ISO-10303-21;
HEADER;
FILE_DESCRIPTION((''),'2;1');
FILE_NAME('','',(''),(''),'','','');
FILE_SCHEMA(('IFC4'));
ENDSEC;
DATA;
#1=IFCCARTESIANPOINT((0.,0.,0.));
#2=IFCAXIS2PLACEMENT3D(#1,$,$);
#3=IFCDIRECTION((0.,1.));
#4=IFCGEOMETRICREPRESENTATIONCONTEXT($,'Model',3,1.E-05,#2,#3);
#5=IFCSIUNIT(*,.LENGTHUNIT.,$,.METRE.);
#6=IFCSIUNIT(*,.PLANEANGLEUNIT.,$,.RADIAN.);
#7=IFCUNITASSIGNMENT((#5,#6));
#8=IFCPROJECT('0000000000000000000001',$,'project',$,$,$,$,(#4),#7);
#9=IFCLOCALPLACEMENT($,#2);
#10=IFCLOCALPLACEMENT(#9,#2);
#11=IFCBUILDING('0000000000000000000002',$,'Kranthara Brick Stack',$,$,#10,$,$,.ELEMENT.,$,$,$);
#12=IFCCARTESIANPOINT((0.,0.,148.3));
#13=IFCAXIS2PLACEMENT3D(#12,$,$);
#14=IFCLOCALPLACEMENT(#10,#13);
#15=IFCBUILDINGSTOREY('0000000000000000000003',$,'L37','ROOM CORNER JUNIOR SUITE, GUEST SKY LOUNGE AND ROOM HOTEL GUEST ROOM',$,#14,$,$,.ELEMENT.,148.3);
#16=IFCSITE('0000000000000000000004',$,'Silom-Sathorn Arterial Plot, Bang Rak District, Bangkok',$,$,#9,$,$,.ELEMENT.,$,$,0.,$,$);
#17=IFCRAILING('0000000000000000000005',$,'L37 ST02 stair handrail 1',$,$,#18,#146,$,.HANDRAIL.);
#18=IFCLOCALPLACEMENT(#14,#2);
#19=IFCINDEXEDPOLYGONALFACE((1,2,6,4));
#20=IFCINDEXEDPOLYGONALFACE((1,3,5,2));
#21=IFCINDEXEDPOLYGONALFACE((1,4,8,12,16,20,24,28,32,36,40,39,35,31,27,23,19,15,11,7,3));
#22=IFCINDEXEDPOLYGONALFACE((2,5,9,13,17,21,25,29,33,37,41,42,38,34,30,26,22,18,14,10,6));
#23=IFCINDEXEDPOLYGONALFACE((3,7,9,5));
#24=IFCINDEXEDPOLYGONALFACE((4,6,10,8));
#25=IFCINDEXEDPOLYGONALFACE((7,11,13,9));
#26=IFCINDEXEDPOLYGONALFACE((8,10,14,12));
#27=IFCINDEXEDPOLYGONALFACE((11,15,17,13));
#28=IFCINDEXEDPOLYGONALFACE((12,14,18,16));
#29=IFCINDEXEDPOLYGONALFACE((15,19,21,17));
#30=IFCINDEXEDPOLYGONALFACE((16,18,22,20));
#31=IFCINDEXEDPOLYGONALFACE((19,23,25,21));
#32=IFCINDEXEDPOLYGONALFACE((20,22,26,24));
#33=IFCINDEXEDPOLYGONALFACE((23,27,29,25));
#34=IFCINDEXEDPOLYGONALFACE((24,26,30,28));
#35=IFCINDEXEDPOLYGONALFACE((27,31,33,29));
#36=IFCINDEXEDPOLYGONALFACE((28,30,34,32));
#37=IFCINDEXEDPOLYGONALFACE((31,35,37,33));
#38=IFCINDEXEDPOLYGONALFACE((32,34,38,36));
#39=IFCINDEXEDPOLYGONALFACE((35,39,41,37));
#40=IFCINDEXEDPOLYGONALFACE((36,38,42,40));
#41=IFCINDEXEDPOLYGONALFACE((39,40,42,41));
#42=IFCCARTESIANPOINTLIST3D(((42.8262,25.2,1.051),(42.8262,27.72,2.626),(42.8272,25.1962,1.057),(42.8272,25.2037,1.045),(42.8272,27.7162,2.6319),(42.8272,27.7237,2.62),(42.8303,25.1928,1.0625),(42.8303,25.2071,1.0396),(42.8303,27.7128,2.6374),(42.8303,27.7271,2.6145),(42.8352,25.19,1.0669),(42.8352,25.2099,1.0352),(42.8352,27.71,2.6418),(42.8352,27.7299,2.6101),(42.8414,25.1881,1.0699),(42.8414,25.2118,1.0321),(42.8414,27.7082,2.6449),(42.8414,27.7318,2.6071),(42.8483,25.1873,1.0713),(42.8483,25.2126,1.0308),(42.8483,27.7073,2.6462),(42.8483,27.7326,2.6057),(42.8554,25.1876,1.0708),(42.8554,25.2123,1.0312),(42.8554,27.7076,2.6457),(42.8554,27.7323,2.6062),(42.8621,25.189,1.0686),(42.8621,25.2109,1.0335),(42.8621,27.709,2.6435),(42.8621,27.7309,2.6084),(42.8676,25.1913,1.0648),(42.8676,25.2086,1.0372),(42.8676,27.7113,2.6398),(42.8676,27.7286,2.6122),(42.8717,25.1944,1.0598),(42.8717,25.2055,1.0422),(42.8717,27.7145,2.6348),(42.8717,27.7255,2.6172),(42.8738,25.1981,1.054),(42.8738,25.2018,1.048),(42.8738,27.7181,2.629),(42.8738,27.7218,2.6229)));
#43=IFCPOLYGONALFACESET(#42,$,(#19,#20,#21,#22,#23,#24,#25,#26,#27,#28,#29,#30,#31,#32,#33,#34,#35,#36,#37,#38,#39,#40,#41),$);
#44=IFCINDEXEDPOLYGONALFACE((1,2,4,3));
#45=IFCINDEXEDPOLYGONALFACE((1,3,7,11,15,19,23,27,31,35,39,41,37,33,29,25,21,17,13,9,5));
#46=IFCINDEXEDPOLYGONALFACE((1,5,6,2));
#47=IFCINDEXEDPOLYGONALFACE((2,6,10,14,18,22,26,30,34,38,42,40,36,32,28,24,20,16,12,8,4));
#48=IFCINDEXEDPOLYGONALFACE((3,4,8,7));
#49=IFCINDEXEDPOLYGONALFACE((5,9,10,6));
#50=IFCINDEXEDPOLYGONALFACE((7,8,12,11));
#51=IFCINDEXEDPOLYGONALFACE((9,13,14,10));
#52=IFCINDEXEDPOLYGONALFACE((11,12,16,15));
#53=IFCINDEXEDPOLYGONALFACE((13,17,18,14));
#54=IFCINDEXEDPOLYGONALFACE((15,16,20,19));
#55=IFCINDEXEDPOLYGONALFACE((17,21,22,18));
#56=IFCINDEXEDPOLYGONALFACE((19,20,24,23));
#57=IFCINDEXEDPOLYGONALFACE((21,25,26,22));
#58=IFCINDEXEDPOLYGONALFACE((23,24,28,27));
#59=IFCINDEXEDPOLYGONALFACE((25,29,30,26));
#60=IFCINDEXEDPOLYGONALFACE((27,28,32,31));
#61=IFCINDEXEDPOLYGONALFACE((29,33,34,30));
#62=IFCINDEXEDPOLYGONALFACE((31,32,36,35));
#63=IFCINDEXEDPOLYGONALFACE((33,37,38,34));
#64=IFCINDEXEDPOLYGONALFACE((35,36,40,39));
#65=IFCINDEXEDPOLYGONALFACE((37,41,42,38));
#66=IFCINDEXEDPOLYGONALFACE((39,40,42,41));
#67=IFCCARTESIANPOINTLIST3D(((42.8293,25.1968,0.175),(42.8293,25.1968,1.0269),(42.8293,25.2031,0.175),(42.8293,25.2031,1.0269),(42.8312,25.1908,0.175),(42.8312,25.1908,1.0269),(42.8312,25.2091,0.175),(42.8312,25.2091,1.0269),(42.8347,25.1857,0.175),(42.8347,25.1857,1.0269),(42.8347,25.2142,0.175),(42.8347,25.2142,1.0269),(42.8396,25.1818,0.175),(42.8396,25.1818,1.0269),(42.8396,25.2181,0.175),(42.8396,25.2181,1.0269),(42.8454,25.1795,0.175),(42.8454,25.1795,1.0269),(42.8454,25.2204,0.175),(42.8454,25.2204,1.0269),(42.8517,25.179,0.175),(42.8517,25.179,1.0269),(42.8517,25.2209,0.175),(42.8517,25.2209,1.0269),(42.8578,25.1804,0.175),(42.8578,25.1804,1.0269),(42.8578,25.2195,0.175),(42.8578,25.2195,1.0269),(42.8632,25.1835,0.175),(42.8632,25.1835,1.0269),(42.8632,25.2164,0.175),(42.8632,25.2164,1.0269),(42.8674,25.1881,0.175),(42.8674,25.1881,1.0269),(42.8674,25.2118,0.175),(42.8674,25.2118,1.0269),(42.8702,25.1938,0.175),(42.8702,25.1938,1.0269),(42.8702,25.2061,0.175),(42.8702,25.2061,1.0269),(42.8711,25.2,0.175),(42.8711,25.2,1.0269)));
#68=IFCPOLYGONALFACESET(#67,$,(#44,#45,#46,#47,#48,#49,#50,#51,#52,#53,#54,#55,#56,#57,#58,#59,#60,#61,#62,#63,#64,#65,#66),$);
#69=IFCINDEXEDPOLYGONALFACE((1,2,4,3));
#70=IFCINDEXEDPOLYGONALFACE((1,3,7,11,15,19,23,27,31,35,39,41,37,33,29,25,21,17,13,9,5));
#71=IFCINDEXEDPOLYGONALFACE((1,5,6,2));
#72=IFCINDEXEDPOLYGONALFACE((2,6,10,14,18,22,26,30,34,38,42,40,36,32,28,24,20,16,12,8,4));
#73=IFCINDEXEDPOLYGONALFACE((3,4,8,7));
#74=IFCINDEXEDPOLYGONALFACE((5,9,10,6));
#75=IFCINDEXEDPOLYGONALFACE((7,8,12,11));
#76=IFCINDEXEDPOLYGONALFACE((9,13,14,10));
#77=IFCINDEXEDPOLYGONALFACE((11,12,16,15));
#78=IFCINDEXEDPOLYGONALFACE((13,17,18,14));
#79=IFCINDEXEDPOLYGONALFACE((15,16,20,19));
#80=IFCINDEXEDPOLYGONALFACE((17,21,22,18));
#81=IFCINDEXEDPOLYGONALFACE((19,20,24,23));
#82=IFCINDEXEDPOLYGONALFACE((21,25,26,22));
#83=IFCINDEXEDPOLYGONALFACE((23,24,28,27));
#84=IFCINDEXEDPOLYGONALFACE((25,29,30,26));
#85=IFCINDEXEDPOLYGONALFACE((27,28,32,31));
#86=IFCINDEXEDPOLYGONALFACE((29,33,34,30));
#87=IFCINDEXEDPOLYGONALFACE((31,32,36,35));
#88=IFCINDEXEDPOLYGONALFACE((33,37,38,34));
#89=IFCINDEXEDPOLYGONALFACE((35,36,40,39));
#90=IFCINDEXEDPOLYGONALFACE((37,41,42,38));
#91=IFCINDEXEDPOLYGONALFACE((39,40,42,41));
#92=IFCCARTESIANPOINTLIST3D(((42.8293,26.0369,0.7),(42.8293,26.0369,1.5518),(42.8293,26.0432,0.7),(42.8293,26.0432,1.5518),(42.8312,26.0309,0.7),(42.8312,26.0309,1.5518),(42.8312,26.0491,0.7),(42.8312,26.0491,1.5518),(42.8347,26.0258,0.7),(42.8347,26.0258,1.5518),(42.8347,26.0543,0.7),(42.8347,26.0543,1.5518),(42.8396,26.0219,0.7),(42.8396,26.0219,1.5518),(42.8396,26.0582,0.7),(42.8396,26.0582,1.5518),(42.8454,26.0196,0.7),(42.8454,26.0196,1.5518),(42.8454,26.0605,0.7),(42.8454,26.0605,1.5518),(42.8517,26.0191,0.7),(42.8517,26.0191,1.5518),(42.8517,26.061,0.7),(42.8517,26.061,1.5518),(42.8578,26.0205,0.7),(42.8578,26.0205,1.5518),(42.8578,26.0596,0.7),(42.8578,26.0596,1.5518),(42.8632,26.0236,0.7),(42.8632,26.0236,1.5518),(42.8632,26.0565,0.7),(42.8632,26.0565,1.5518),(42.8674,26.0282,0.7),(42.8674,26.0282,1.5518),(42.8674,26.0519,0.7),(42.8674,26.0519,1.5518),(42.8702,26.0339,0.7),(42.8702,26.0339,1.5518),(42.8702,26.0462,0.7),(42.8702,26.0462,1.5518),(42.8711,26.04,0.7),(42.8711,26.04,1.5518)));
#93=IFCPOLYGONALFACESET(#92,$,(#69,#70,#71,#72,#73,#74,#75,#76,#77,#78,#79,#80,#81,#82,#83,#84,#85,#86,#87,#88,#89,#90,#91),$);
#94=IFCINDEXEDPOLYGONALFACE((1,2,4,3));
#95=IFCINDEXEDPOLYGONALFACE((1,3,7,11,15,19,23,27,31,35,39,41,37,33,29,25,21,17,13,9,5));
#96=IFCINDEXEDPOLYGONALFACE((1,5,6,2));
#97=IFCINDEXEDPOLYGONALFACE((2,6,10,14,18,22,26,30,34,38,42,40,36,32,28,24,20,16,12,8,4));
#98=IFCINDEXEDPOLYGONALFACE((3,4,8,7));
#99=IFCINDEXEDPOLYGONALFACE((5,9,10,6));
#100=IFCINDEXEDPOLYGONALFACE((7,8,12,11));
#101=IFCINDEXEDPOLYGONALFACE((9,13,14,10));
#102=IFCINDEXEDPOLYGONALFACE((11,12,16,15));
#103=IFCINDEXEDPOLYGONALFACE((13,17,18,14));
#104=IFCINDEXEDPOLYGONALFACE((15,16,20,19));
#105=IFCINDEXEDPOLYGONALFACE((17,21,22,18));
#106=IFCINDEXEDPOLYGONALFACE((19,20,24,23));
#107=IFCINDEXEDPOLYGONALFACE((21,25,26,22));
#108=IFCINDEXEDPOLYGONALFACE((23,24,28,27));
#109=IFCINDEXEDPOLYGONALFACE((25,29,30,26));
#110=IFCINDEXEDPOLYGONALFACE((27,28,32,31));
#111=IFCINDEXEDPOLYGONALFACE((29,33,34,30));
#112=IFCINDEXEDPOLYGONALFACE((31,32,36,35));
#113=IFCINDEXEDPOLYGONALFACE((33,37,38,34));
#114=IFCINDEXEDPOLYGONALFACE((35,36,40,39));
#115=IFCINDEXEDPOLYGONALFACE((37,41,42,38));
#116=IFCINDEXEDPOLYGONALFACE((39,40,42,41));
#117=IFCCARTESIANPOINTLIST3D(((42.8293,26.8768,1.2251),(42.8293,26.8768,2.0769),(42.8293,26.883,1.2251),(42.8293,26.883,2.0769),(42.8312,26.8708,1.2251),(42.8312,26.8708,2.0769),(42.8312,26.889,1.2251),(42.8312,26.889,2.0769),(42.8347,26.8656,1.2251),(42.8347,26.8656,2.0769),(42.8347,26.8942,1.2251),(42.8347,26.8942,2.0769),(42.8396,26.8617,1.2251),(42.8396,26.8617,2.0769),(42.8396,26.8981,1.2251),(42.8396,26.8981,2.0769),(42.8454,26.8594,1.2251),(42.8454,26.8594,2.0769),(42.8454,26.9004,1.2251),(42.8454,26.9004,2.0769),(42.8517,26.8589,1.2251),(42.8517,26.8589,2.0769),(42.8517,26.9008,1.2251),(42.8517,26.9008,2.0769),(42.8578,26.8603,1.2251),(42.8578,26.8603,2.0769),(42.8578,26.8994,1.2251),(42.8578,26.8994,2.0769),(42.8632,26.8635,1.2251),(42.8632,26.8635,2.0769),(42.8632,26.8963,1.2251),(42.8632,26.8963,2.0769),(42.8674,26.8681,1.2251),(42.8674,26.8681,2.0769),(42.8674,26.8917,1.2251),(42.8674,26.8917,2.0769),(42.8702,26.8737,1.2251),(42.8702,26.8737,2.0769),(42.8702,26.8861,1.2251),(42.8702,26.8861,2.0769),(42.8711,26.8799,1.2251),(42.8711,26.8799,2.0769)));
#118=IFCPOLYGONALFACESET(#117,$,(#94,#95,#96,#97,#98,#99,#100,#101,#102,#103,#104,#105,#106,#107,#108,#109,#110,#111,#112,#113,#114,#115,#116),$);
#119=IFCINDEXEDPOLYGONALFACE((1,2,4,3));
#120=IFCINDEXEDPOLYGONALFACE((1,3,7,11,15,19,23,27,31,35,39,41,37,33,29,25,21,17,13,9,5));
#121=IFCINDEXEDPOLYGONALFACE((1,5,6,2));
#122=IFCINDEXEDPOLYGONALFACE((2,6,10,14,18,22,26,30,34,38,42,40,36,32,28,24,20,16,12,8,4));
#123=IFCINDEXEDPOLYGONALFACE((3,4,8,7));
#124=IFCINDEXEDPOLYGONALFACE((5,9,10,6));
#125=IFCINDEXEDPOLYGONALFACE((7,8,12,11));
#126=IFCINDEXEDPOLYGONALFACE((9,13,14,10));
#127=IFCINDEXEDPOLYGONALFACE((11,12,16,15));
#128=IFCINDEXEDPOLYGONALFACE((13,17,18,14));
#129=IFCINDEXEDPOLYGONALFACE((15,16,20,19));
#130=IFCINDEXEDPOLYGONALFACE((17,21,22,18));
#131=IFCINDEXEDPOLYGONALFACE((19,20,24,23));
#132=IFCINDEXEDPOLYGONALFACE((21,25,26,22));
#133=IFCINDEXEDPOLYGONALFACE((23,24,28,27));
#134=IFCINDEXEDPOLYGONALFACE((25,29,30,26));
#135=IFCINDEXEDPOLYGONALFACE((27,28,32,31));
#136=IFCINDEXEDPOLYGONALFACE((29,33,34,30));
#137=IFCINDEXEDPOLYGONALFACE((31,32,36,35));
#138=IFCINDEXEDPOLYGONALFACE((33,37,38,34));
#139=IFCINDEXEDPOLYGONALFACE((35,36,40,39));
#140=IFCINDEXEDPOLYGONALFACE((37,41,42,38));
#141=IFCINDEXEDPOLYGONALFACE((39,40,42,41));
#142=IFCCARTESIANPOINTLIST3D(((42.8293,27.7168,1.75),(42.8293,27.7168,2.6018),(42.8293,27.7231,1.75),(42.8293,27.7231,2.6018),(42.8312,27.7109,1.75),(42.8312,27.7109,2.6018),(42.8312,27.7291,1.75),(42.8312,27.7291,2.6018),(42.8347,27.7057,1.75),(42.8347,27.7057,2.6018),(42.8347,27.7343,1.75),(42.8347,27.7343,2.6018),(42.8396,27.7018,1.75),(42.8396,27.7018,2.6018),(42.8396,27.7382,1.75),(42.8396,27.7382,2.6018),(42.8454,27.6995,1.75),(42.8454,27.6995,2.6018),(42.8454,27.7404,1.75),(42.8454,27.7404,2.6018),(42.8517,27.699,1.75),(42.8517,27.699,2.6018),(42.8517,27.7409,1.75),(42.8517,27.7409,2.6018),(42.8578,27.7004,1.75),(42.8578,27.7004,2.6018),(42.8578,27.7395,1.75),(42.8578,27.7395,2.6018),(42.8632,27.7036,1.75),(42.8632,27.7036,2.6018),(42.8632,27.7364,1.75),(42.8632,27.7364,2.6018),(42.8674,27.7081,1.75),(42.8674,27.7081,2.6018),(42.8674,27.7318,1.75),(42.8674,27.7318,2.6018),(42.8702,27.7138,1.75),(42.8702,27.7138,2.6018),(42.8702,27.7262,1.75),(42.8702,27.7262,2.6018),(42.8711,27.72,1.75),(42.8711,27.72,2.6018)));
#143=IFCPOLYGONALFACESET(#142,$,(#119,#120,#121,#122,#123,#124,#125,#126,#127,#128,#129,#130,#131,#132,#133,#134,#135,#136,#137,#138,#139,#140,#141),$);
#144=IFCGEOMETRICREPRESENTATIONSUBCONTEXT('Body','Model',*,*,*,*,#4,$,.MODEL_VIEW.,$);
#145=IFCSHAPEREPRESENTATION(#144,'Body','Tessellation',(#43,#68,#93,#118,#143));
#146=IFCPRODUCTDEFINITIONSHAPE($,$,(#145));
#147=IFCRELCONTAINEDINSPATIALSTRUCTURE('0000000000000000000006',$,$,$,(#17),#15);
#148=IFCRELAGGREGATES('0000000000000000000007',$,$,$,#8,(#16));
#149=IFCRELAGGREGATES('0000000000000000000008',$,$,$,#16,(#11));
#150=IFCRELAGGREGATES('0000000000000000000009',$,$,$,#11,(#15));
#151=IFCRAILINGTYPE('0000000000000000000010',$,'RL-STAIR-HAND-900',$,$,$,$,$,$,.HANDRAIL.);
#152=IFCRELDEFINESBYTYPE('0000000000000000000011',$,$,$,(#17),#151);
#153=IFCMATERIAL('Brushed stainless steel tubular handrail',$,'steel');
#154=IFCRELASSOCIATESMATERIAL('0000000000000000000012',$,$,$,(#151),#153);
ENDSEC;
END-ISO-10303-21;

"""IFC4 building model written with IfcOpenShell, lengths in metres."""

from ifc_helpers import new_model, si_unit, direction, frame, origin, origin_2d, place, context, subcontext, project, spatial, circle, extrude, material, type_object, element, save


model = new_model("IFC4")

# Units and contexts
model_context = context("Model", 3, precision=1e-05, world=origin(), true_north=direction((0.0, 1.0)))
body_context = subcontext(model_context, "Body", "Model", "MODEL_VIEW")
ifc_project = project(units=[si_unit("LENGTHUNIT", "METRE"), si_unit("PLANEANGLEUNIT", "RADIAN")], contexts=[model_context])

# Site, building, storey
site_placement = place(None, origin())
site = spatial("IfcSite", under=ifc_project, at=site_placement, Name="Silom-Sathorn Arterial Plot, Bang Rak District, Bangkok", CompositionType="ELEMENT", RefElevation=0.0)
building_placement = place(site_placement, origin())
building = spatial("IfcBuilding", under=site, at=building_placement, Name="Kranthara Brick Stack", CompositionType="ELEMENT")
storey_placement = place(building_placement, frame((0.0, 0.0, 148.3)))
storey = spatial("IfcBuildingStorey", under=building, at=storey_placement, Name="L37", Description="ROOM CORNER JUNIOR SUITE, GUEST SKY LOUNGE AND ROOM HOTEL GUEST ROOM", CompositionType="ELEMENT", Elevation=148.3)

# Railing
ifc_material_1 = material(Name="Brushed stainless steel tubular handrail", Category="steel")
railing_type_1 = type_object("IfcRailingType", Name="RL-STAIR-HAND-900", PredefinedType="HANDRAIL", material=ifc_material_1)
railing_1_placement = place(storey_placement, frame((42.8501, 25.2, 0.175)))
element("IfcRailing", 1, at=railing_1_placement, inside=storey, type_object=railing_type_1, Name="L37 ST02 stair handrail 1", PredefinedType="HANDRAIL", context=body_context, shape_type="SweptSolid", body=[
    extrude(circle(Radius=0.0239, at=origin_2d()), frame((0.0, 0.0, 0.876), z_axis=(0.0, 0.848008, 0.529984), x_axis=(-1.0, 0.0, 0.0)), (0.0, 0.0, 1.0), 2.9717),
    extrude(circle(Radius=0.021, at=origin_2d()), origin(), (0.0, 0.0, 1.0), 0.8518),
    extrude(circle(Radius=0.021, at=origin_2d()), frame((0.0, 0.8401, 0.5249)), (0.0, 0.0, 1.0), 0.8518),
    extrude(circle(Radius=0.021, at=origin_2d()), frame((0.0, 1.6799, 1.05)), (0.0, 0.0, 1.0), 0.8518),
    extrude(circle(Radius=0.021, at=origin_2d()), frame((0.0, 2.52, 1.575)), (0.0, 0.0, 1.0), 0.8518),
])

save(model, "model.ifc")
